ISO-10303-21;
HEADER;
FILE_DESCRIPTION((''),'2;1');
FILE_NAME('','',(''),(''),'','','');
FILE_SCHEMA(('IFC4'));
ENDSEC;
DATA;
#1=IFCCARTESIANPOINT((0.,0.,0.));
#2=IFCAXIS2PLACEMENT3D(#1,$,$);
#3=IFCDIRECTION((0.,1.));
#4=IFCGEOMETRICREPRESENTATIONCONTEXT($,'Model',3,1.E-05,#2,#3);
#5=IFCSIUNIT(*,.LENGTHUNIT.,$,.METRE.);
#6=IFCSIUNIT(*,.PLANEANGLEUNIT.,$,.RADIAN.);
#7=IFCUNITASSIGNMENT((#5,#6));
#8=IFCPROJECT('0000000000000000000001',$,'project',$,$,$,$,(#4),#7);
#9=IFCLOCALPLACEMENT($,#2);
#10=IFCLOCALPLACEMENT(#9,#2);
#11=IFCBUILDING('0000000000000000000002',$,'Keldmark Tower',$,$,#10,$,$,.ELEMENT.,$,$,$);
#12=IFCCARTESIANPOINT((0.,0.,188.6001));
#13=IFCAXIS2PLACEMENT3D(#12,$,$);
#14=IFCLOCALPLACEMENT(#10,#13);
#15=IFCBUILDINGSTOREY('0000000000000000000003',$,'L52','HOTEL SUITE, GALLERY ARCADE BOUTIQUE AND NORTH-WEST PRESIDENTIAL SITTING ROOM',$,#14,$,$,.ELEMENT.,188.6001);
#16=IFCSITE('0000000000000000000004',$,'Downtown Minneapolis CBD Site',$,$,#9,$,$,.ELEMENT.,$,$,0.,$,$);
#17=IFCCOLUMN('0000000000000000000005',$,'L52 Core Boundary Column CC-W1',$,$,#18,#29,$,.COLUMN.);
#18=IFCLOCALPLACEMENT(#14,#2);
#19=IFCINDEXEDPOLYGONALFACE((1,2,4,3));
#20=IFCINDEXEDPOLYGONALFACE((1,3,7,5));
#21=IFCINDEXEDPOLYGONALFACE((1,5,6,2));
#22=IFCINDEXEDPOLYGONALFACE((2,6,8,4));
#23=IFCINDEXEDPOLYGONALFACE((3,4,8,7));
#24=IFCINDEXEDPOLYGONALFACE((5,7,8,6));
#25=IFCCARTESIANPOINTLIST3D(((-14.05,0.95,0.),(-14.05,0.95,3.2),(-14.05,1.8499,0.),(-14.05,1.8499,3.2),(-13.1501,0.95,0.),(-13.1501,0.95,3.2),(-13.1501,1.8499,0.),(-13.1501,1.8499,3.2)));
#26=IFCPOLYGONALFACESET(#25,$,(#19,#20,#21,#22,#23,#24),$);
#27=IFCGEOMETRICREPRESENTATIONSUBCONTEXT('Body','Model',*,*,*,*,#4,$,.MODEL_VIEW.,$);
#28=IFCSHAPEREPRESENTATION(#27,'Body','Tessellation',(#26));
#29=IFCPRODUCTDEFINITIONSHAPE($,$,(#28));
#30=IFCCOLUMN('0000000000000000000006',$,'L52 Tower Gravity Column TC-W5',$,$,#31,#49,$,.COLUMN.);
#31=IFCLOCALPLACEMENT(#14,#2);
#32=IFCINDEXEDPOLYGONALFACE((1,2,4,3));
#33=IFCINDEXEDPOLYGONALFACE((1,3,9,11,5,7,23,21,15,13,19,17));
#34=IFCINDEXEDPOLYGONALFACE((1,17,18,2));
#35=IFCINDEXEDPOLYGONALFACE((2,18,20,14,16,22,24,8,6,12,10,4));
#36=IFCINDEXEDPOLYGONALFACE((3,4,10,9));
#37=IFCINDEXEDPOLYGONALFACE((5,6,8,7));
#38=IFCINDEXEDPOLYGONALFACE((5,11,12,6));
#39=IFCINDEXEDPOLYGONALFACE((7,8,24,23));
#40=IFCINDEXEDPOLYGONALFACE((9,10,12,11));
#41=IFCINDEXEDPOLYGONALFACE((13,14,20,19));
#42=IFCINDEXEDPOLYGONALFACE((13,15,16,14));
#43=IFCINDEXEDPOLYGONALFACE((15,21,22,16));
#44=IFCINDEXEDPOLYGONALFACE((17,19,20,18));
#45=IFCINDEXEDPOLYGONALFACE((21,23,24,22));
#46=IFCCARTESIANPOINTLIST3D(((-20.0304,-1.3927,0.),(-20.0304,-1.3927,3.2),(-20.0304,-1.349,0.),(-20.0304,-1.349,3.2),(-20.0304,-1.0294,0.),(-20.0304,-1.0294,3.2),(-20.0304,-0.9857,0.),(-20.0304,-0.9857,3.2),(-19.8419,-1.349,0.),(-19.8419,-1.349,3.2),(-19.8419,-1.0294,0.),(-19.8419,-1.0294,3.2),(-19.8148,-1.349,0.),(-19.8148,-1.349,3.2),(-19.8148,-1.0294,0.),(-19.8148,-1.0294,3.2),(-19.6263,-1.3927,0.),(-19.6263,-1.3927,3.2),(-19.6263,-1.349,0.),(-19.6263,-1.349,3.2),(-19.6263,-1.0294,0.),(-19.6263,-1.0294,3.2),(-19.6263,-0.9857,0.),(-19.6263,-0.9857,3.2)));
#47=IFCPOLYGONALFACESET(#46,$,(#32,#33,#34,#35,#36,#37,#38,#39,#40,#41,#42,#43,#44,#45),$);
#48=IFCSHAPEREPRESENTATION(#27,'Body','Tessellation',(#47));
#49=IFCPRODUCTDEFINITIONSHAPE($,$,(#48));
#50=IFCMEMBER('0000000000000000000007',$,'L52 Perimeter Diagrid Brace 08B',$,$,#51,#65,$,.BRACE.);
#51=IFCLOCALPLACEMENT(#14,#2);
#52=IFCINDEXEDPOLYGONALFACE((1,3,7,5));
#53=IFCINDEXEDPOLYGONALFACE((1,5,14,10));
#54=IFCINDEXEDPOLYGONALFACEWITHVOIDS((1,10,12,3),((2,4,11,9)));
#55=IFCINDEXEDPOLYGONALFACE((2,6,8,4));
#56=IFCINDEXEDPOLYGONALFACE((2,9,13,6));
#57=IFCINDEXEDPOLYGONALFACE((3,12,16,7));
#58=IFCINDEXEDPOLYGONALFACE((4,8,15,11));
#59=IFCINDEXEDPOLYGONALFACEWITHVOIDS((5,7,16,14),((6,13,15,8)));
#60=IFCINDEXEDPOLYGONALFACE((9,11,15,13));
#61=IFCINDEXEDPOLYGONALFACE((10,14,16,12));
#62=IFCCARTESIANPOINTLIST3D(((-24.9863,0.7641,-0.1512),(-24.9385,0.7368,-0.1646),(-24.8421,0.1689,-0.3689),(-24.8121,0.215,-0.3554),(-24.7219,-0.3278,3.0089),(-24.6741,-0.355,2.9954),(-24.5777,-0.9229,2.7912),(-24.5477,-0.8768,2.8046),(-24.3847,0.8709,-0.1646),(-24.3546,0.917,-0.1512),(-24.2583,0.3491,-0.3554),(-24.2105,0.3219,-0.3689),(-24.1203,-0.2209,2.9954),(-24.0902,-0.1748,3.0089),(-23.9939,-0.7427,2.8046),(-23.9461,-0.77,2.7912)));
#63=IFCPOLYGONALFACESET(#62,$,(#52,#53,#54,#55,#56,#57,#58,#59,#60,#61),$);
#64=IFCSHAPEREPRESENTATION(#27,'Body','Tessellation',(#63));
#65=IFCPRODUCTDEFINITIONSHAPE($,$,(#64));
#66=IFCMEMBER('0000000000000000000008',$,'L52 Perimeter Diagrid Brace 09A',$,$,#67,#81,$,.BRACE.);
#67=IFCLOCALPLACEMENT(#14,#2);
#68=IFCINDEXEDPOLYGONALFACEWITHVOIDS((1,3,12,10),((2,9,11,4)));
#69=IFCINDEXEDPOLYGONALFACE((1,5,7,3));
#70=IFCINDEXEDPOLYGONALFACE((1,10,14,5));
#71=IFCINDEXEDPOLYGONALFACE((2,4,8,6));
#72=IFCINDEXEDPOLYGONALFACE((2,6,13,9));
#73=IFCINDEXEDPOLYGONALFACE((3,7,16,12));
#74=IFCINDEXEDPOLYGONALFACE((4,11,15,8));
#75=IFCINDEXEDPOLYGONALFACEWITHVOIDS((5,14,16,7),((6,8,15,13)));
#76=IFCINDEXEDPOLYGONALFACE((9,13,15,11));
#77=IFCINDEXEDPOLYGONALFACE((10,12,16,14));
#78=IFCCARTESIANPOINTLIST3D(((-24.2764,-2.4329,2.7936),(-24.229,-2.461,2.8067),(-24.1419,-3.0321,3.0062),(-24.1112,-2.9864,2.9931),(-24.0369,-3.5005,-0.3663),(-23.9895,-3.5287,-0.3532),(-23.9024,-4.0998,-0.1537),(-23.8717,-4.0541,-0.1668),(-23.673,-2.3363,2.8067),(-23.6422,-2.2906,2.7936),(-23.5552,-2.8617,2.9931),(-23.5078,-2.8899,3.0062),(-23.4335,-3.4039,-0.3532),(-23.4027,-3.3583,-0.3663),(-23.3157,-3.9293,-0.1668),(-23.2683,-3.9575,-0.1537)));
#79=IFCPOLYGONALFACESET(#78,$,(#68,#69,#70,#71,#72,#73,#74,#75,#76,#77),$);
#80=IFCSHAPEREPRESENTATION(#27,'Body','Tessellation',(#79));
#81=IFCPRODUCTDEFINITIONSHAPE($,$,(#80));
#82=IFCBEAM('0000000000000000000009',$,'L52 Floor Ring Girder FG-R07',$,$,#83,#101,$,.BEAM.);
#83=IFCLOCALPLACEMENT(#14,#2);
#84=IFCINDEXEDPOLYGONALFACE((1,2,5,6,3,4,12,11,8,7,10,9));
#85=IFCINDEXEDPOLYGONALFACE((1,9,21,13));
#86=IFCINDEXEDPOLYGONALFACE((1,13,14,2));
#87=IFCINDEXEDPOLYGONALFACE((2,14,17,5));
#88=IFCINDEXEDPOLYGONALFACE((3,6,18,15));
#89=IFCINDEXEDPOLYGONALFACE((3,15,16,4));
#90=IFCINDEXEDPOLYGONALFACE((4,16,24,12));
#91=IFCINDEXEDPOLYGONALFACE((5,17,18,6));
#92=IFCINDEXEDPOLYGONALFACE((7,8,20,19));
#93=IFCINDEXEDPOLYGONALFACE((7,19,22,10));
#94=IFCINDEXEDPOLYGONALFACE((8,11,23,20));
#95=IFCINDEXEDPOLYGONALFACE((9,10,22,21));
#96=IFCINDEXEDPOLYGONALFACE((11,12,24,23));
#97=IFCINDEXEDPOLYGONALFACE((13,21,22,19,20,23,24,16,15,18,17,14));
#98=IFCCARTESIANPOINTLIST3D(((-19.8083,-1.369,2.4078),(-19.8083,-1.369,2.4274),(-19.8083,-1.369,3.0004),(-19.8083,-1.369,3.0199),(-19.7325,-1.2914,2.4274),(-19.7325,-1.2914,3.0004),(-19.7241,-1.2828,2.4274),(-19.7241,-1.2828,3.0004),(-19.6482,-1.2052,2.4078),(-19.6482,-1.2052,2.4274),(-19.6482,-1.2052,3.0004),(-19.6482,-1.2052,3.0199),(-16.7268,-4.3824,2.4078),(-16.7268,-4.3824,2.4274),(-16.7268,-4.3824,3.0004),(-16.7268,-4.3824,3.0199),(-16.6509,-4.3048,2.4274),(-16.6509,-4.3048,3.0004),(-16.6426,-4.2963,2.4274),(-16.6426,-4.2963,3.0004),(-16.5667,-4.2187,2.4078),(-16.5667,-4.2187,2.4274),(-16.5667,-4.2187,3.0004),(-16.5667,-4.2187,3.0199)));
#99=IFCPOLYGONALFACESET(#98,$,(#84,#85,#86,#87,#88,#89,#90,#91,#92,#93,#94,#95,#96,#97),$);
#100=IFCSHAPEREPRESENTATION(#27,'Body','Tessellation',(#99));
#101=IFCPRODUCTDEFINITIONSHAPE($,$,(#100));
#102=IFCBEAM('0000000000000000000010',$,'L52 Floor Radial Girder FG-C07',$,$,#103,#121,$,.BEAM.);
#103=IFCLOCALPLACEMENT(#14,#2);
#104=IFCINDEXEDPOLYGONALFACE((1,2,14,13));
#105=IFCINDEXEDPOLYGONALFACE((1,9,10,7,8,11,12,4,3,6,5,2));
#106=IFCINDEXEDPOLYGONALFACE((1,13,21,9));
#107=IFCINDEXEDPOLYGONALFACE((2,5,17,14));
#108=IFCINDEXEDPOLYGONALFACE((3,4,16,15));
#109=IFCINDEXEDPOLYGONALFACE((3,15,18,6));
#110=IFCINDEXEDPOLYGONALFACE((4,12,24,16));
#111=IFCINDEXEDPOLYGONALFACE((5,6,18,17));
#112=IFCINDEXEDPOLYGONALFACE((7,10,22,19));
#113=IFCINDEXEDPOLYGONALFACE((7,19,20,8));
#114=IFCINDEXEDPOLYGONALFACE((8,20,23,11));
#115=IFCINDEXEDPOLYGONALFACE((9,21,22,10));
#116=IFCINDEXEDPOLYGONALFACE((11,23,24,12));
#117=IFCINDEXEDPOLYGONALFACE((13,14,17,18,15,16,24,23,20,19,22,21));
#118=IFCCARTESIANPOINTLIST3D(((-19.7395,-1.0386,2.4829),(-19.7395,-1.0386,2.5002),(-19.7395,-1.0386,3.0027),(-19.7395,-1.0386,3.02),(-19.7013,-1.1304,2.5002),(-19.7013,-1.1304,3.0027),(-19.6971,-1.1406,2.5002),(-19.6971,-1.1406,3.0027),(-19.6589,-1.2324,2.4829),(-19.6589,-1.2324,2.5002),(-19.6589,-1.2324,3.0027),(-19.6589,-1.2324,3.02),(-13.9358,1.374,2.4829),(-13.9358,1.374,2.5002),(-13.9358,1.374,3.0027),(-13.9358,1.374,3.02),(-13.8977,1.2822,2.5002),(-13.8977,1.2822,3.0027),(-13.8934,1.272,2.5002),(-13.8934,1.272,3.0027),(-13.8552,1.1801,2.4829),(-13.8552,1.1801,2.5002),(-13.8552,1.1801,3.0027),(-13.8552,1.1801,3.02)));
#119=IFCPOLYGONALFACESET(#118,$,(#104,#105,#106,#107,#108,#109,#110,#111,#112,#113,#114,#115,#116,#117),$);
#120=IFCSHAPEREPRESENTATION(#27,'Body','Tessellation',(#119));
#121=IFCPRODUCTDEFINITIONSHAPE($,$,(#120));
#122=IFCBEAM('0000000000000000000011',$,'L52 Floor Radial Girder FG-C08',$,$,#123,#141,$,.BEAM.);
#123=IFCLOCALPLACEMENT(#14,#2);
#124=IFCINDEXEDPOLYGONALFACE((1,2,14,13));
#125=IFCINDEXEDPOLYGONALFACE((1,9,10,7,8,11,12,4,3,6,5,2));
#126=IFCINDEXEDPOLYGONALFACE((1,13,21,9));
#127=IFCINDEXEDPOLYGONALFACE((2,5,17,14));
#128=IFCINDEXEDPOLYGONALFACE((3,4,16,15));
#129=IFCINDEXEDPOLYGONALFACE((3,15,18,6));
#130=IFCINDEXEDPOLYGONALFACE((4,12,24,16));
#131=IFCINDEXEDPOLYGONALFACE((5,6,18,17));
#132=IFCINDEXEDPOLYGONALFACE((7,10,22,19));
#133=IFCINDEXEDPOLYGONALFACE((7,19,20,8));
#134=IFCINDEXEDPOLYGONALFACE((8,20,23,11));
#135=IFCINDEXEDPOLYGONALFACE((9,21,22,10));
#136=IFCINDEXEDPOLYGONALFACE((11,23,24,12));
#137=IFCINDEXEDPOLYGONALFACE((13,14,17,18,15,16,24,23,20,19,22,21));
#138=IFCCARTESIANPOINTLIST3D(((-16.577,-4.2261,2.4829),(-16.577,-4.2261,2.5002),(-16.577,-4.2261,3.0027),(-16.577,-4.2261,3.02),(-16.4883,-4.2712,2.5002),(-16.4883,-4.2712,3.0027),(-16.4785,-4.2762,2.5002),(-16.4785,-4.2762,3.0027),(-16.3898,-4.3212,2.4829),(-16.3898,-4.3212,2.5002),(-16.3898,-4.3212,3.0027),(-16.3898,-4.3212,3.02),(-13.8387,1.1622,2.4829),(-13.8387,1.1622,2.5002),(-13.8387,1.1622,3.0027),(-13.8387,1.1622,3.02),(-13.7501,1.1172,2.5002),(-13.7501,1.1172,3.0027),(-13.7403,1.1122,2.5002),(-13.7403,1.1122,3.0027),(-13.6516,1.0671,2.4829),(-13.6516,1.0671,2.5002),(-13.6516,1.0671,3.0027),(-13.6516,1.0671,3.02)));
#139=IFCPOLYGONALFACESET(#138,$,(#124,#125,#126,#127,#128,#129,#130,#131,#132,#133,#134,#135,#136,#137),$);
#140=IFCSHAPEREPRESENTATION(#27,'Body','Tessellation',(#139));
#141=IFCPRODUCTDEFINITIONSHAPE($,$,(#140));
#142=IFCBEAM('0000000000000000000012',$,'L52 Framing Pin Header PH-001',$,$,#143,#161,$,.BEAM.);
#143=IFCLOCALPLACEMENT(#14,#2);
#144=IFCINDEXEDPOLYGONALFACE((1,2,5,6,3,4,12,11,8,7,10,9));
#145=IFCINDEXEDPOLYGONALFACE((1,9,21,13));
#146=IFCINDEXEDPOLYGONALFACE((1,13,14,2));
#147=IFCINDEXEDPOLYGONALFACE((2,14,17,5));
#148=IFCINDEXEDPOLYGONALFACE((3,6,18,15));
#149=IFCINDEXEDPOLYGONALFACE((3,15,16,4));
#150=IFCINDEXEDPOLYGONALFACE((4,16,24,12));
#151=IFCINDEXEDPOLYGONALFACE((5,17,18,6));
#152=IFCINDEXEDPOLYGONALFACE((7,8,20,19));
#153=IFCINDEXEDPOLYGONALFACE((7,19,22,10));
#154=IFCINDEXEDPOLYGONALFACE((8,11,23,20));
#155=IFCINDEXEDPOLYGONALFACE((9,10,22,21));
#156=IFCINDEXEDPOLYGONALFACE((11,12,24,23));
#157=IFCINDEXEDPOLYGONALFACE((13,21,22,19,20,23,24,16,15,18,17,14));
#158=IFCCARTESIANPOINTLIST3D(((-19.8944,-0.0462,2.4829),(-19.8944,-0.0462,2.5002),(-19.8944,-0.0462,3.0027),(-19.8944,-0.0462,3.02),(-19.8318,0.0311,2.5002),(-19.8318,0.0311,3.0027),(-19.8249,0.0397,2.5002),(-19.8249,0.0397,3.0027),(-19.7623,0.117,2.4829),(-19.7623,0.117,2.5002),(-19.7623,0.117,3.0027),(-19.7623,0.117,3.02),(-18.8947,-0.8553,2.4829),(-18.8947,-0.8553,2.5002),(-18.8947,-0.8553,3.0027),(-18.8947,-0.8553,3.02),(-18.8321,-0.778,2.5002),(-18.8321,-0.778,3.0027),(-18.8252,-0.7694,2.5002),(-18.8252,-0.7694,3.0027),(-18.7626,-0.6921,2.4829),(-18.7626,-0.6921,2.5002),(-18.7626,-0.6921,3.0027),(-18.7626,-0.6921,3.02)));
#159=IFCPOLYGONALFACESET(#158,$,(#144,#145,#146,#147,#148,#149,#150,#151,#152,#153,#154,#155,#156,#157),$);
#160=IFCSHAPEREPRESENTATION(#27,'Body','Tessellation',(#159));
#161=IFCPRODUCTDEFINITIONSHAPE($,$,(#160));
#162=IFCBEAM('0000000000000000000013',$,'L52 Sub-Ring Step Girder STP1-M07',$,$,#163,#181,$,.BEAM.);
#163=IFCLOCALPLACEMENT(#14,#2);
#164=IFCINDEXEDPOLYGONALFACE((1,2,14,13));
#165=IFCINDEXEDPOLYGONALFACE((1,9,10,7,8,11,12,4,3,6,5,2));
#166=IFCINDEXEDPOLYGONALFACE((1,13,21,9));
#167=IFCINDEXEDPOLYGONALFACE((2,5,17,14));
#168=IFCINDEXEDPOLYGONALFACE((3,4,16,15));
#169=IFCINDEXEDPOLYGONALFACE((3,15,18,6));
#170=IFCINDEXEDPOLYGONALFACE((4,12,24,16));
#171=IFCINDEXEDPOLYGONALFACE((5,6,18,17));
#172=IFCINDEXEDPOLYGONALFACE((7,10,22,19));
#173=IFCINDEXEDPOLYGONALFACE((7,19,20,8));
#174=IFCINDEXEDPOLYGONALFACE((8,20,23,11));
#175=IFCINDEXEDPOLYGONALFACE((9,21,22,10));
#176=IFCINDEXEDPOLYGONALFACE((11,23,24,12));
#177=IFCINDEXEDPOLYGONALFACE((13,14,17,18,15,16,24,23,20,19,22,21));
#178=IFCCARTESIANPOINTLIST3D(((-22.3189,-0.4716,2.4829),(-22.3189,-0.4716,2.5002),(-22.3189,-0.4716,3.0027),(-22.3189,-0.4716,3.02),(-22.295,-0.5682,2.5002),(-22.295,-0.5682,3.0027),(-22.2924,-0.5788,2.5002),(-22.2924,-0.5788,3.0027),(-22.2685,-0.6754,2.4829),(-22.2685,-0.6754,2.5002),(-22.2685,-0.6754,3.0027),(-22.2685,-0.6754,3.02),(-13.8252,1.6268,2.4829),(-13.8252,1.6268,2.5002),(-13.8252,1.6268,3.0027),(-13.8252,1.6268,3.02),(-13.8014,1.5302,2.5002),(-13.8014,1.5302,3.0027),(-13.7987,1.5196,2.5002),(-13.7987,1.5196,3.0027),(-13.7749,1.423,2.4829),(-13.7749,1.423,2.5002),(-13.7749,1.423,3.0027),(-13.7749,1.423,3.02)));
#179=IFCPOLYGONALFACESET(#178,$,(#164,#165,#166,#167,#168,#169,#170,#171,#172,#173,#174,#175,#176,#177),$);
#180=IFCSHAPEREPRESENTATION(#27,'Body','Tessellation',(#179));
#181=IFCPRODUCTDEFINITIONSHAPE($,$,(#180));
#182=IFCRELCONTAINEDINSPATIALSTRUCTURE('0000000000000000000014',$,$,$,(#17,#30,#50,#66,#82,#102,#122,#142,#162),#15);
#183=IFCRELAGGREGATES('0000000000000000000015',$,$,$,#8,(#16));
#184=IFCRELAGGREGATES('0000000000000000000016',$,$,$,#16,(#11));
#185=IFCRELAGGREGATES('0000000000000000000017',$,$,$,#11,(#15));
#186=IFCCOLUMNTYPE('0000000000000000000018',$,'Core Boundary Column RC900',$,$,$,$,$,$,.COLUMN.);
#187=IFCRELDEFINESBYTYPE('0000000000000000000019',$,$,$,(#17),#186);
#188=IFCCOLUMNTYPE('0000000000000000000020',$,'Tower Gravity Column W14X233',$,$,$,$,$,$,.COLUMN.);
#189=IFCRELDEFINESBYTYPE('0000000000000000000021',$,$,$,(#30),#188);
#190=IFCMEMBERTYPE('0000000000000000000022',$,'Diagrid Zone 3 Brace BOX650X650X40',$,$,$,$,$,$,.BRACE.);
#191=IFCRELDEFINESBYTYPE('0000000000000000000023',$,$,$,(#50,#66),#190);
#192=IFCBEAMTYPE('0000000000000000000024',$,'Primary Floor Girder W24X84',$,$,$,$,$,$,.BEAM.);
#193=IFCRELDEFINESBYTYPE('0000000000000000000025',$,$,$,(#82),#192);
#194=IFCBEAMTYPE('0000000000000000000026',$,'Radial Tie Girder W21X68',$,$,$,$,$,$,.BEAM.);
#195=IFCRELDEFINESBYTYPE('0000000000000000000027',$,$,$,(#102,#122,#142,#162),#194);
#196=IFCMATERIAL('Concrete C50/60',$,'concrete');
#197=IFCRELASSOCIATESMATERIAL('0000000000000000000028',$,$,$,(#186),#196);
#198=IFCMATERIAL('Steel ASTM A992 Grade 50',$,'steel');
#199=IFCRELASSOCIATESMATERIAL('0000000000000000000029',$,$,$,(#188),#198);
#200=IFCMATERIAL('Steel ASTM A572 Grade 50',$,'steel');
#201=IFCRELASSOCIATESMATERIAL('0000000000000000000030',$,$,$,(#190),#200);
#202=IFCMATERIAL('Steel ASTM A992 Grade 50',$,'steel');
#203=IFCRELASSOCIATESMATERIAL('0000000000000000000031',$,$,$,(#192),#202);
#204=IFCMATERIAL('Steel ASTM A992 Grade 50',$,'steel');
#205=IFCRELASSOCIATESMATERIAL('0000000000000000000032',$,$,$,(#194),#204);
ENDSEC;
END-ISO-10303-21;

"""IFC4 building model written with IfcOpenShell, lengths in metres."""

from ifc_helpers import new_model, si_unit, direction, frame, origin, origin_2d, place, context, subcontext, project, spatial, rectangle, hollow_rectangle, i_section, extrude, material, material_profile, profile_set, type_object, element, save


model = new_model("IFC4")

# Units and contexts
model_context = context("Model", 3, precision=1e-05, world=origin(), true_north=direction((0.0, 1.0)))
body_context = subcontext(model_context, "Body", "Model", "MODEL_VIEW")
ifc_project = project(units=[si_unit("LENGTHUNIT", "METRE"), si_unit("PLANEANGLEUNIT", "RADIAN")], contexts=[model_context])

# Site, building, storey
site_placement = place(None, origin())
site = spatial("IfcSite", under=ifc_project, at=site_placement, Name="Downtown Minneapolis CBD Site", CompositionType="ELEMENT", RefElevation=0.0)
building_placement = place(site_placement, origin())
building = spatial("IfcBuilding", under=site, at=building_placement, Name="Keldmark Tower", CompositionType="ELEMENT")
storey_placement = place(building_placement, frame((0.0, 0.0, 188.6001)))
storey = spatial("IfcBuildingStorey", under=building, at=storey_placement, Name="L52", Description="HOTEL SUITE, GALLERY ARCADE BOUTIQUE AND NORTH-WEST PRESIDENTIAL SITTING ROOM", CompositionType="ELEMENT", Elevation=188.6001)

# Columns
ifc_material_1 = material(Name="Concrete C50/60", Category="concrete")
ifc_material_profile_1 = material_profile(ifc_material_1, rectangle(XDim=0.8999, YDim=0.8999, at=origin_2d()), Name="RC900X900")
ifc_profile_set_1 = profile_set([ifc_material_profile_1], Name="Concrete C50/60")
column_type_1 = type_object("IfcColumnType", Name="Core Boundary Column RC900", PredefinedType="COLUMN", material=ifc_profile_set_1)
column_1_placement = place(storey_placement, frame((-13.6001, 1.3999, 0.0), z_axis=(0.0, 0.0, 1.0), x_axis=(1.0, 0.0, 0.0)))
element("IfcColumn", 1, at=column_1_placement, inside=storey, type_object=column_type_1, Name="L52 Core Boundary Column CC-W1", PredefinedType="COLUMN", context=body_context, shape_type="SweptSolid", body=[
    extrude(rectangle(XDim=0.8999, YDim=0.8999, at=origin_2d()), origin(), (0.0, 0.0, 1.0), 3.2),
])
ifc_material_2 = material(Name="Steel ASTM A992 Grade 50", Category="steel")
ifc_material_profile_2 = material_profile(ifc_material_2, i_section(OverallWidth=0.4041, OverallDepth=0.407, WebThickness=0.0271, FlangeThickness=0.0437, at=origin_2d()), Name="W14X233")
ifc_profile_set_2 = profile_set([ifc_material_profile_2], Name="Steel ASTM A992 Grade 50")
column_type_2 = type_object("IfcColumnType", Name="Tower Gravity Column W14X233", PredefinedType="COLUMN", material=ifc_profile_set_2)
column_2_placement = place(storey_placement, frame((-19.8284, -1.1892, 0.0), z_axis=(0.0, 0.0, 1.0), x_axis=(1.0, 0.0, 0.0)))
element("IfcColumn", 2, at=column_2_placement, inside=storey, type_object=column_type_2, Name="L52 Tower Gravity Column TC-W5", PredefinedType="COLUMN", context=body_context, shape_type="SweptSolid", body=[
    extrude(i_section(OverallWidth=0.4041, OverallDepth=0.407, WebThickness=0.0271, FlangeThickness=0.0437, at=origin_2d()), origin(), (0.0, 0.0, 1.0), 3.2),
])

# Members
ifc_material_3 = material(Name="Steel ASTM A572 Grade 50", Category="steel")
ifc_material_profile_3 = material_profile(ifc_material_3, hollow_rectangle(XDim=0.6499, YDim=0.6499, WallThickness=0.04, at=origin_2d()), Name="BOX650X650X40")
ifc_profile_set_3 = profile_set([ifc_material_profile_3], Name="Steel ASTM A572 Grade 50")
member_type = type_object("IfcMemberType", Name="Diagrid Zone 3 Brace BOX650X650X40", PredefinedType="BRACE", material=ifc_profile_set_3)
member_1_placement = place(storey_placement, frame((-24.5984, 0.543, -0.26), z_axis=(0.078841, -0.325555, 0.94223), x_axis=(0.971906, 0.23537, 0.0)))
element("IfcMember", 3, at=member_1_placement, inside=storey, type_object=member_type, Name="L52 Perimeter Diagrid Brace 08B", PredefinedType="BRACE", context=body_context, shape_type="SweptSolid", body=[
    extrude(hollow_rectangle(XDim=0.6499, YDim=0.6499, WallThickness=0.04, at=origin_2d()), origin(), (0.0, 0.0, 1.0), 3.3538),
])
member_2_placement = place(storey_placement, frame((-23.6526, -3.729, -0.26), z_axis=(-0.071622, 0.319268, 0.944954), x_axis=(-0.975749, -0.218891, 0.0)))
element("IfcMember", 4, at=member_2_placement, inside=storey, type_object=member_type, Name="L52 Perimeter Diagrid Brace 09A", PredefinedType="BRACE", context=body_context, shape_type="SweptSolid", body=[
    extrude(hollow_rectangle(XDim=0.6499, YDim=0.6499, WallThickness=0.04, at=origin_2d()), origin(), (0.0, 0.0, 1.0), 3.344),
])

# Beams
ifc_material_4 = material(Name="Steel ASTM A992 Grade 50", Category="steel")
ifc_material_profile_4 = material_profile(ifc_material_4, i_section(OverallWidth=0.229, OverallDepth=0.6121, WebThickness=0.012, FlangeThickness=0.0195, at=origin_2d()), Name="W24X84")
ifc_profile_set_4 = profile_set([ifc_material_profile_4], Name="Steel ASTM A992 Grade 50")
beam_type_1 = type_object("IfcBeamType", Name="Primary Floor Girder W24X84", PredefinedType="BEAM", material=ifc_profile_set_4)
beam_1_placement = place(storey_placement, frame((-19.7283, -1.2871, 2.7139), z_axis=(0.714965, -0.699161, 0.0), x_axis=(0.699161, 0.714965, 0.0)))
element("IfcBeam", 5, at=beam_1_placement, inside=storey, type_object=beam_type_1, Name="L52 Floor Ring Girder FG-R07", PredefinedType="BEAM", context=body_context, shape_type="SweptSolid", body=[
    extrude(i_section(OverallWidth=0.229, OverallDepth=0.6121, WebThickness=0.012, FlangeThickness=0.0195, at=origin_2d()), origin(), (0.0, 0.0, 1.0), 4.3101),
])
ifc_material_5 = material(Name="Steel ASTM A992 Grade 50", Category="steel")
ifc_material_profile_5 = material_profile(ifc_material_5, i_section(OverallWidth=0.21, OverallDepth=0.5371, WebThickness=0.011, FlangeThickness=0.0173, at=origin_2d()), Name="W21X68")
ifc_profile_set_5 = profile_set([ifc_material_profile_5], Name="Steel ASTM A992 Grade 50")
beam_type_2 = type_object("IfcBeamType", Name="Radial Tie Girder W21X68", PredefinedType="BEAM", material=ifc_profile_set_5)
beam_2_placement = place(storey_placement, frame((-19.6992, -1.1355, 2.7515), z_axis=(0.923394, 0.383854, 0.0), x_axis=(-0.383854, 0.923394, 0.0)))
element("IfcBeam", 6, at=beam_2_placement, inside=storey, type_object=beam_type_2, Name="L52 Floor Radial Girder FG-C07", PredefinedType="BEAM", context=body_context, shape_type="SweptSolid", body=[
    extrude(i_section(OverallWidth=0.21, OverallDepth=0.5371, WebThickness=0.011, FlangeThickness=0.0173, at=origin_2d()), origin(), (0.0, 0.0, 1.0), 6.2852),
])
beam_3_placement = place(storey_placement, frame((-16.4834, -4.2737, 2.7515), z_axis=(0.453037, 0.891492, 0.0), x_axis=(-0.891492, 0.453037, 0.0)))
element("IfcBeam", 7, at=beam_3_placement, inside=storey, type_object=beam_type_2, Name="L52 Floor Radial Girder FG-C08", PredefinedType="BEAM", context=body_context, shape_type="SweptSolid", body=[
    extrude(i_section(OverallWidth=0.21, OverallDepth=0.5371, WebThickness=0.011, FlangeThickness=0.0173, at=origin_2d()), origin(), (0.0, 0.0, 1.0), 6.0442),
])
beam_4_placement = place(storey_placement, frame((-18.8286, -0.7737, 2.7515), z_axis=(-0.777338, 0.629084, 0.0), x_axis=(-0.629084, -0.777338, 0.0)))
element("IfcBeam", 8, at=beam_4_placement, inside=storey, type_object=beam_type_2, Name="L52 Framing Pin Header PH-001", PredefinedType="BEAM", context=body_context, shape_type="SweptSolid", body=[
    extrude(i_section(OverallWidth=0.21, OverallDepth=0.5371, WebThickness=0.011, FlangeThickness=0.0173, at=origin_2d()), origin(), (0.0, 0.0, 1.0), 1.2861),
])
beam_5_placement = place(storey_placement, frame((-13.8, 1.5249, 2.7515), z_axis=(-0.970812, -0.239843, 0.0), x_axis=(0.239843, -0.970812, 0.0)))
element("IfcBeam", 9, at=beam_5_placement, inside=storey, type_object=beam_type_2, Name="L52 Sub-Ring Step Girder STP1-M07", PredefinedType="BEAM", context=body_context, shape_type="SweptSolid", body=[
    extrude(i_section(OverallWidth=0.21, OverallDepth=0.5371, WebThickness=0.011, FlangeThickness=0.0173, at=origin_2d()), origin(), (0.0, 0.0, 1.0), 8.749),
])

save(model, "model.ifc")
